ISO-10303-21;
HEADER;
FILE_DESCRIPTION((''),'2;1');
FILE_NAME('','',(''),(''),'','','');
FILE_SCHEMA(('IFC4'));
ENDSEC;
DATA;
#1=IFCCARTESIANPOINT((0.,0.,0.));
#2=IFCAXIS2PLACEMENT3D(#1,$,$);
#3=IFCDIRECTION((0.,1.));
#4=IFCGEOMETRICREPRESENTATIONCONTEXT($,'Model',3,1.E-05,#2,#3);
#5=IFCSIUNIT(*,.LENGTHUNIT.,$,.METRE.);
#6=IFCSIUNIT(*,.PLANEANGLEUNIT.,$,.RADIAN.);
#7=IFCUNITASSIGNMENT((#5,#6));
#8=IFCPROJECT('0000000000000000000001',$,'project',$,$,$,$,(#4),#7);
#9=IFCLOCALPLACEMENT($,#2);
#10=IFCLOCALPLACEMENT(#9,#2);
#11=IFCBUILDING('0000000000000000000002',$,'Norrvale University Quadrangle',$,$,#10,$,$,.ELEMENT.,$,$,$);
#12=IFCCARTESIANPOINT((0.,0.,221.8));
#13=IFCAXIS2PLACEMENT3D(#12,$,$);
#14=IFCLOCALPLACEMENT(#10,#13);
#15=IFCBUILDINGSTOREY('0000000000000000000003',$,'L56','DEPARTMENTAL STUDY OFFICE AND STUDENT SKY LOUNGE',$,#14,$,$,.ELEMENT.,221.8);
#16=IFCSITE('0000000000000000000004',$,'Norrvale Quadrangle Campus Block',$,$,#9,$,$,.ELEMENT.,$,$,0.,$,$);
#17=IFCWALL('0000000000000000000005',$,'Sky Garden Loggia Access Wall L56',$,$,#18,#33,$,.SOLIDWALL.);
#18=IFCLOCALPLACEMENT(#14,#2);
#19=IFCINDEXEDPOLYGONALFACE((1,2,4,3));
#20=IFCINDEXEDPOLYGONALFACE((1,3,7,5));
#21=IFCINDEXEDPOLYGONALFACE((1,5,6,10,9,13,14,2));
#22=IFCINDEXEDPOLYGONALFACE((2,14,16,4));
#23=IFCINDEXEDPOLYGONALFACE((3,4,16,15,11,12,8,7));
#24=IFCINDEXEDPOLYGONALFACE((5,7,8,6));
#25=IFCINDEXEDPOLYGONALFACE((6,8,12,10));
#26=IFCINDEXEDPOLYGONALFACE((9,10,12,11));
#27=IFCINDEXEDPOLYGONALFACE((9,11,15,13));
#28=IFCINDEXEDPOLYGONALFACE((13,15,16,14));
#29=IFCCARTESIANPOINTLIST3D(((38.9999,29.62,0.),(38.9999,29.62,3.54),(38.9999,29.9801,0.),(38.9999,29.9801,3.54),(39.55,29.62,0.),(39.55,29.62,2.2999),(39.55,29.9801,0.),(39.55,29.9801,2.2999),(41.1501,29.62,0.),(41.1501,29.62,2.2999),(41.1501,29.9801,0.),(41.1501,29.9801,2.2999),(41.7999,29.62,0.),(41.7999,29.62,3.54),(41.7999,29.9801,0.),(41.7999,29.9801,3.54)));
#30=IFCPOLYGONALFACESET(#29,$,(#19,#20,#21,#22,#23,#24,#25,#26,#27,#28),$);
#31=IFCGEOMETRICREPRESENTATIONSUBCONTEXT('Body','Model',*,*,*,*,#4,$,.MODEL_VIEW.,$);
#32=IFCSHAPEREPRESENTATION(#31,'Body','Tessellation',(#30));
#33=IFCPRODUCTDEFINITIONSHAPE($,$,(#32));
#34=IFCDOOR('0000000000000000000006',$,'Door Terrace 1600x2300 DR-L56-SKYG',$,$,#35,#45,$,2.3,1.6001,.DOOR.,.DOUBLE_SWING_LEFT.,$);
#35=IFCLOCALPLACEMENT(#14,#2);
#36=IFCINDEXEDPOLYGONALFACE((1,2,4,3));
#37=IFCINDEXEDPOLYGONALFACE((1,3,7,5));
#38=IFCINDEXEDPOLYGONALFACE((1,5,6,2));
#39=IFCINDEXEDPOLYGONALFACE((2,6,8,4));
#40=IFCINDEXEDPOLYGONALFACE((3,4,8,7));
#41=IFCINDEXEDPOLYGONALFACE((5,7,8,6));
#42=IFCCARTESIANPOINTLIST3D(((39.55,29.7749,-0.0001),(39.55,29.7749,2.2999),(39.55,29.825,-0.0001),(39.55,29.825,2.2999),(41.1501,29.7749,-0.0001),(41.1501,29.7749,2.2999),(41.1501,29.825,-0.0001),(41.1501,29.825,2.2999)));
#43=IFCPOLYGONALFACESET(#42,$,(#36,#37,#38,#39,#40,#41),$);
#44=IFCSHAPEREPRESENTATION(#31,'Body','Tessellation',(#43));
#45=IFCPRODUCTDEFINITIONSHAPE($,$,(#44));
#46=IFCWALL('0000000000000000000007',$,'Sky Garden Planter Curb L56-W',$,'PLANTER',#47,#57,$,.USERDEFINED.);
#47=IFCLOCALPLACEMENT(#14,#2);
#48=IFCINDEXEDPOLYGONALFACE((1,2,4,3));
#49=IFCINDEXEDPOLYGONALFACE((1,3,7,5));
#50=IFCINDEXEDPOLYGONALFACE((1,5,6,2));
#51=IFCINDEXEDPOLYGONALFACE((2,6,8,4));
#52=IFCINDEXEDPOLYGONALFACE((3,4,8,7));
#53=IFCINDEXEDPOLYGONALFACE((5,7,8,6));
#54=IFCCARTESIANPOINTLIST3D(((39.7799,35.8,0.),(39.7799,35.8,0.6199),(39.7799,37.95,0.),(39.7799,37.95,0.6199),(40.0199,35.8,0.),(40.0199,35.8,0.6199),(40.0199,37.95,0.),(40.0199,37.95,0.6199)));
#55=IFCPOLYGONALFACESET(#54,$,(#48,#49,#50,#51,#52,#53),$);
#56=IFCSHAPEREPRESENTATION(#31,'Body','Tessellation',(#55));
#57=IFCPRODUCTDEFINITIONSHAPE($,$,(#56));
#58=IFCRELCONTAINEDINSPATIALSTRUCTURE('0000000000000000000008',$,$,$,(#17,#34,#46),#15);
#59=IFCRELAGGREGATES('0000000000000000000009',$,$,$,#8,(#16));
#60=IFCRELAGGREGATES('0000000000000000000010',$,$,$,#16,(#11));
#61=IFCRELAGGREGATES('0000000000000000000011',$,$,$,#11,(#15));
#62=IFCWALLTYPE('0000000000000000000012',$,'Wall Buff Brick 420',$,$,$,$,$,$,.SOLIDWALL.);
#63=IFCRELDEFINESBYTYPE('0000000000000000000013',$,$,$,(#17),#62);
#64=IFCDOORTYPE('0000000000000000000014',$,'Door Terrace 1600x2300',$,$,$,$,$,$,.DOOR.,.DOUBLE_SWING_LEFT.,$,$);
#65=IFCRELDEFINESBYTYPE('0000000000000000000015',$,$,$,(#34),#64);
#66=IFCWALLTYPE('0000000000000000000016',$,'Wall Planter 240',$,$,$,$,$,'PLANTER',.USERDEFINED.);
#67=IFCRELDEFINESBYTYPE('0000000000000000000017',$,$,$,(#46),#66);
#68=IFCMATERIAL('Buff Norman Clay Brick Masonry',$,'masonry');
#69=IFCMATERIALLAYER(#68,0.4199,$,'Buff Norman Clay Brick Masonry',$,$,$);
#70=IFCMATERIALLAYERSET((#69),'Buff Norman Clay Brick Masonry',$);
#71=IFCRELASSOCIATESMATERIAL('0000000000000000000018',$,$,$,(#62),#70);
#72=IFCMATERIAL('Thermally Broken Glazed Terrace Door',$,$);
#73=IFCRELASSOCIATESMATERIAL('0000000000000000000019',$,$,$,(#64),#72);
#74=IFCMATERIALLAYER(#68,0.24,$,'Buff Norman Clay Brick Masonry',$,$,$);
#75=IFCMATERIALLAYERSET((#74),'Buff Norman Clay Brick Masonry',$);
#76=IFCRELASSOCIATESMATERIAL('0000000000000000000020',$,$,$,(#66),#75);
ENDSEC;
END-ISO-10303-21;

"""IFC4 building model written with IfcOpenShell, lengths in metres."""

from ifc_helpers import new_model, si_unit, direction, frame, frame_2d, origin, place, context, subcontext, project, spatial, rectangle, extrude, material, layer, layer_set, type_object, element, fill, save


model = new_model("IFC4")

# Units and contexts
model_context = context("Model", 3, precision=1e-05, world=origin(), true_north=direction((0.0, 1.0)))
body_context = subcontext(model_context, "Body", "Model", "MODEL_VIEW")
ifc_project = project(units=[si_unit("LENGTHUNIT", "METRE"), si_unit("PLANEANGLEUNIT", "RADIAN")], contexts=[model_context])

# Site, building, storey
site_placement = place(None, origin())
site = spatial("IfcSite", under=ifc_project, at=site_placement, Name="Norrvale Quadrangle Campus Block", CompositionType="ELEMENT", RefElevation=0.0)
building_placement = place(site_placement, origin())
building = spatial("IfcBuilding", under=site, at=building_placement, Name="Norrvale University Quadrangle", CompositionType="ELEMENT")
storey_placement = place(building_placement, frame((0.0, 0.0, 221.8)))
storey = spatial("IfcBuildingStorey", under=building, at=storey_placement, Name="L56", Description="DEPARTMENTAL STUDY OFFICE AND STUDENT SKY LOUNGE", CompositionType="ELEMENT", Elevation=221.8)

# Wall, opening, door
ifc_material_1 = material(Name="Buff Norman Clay Brick Masonry", Category="masonry")
ifc_layer_1 = layer(ifc_material_1, 0.4199, Name="Buff Norman Clay Brick Masonry")
ifc_layer_set_1 = layer_set([ifc_layer_1], Name="Buff Norman Clay Brick Masonry")
wall_type_1 = type_object("IfcWallType", Name="Wall Buff Brick 420", PredefinedType="SOLIDWALL", material=ifc_layer_set_1)
wall_1_placement = place(storey_placement, frame((39.0, 29.8, 0.0), z_axis=(0.0, 0.0, 1.0), x_axis=(1.0, 0.0, 0.0)))
wall_1 = element("IfcWall", 1, at=wall_1_placement, inside=storey, type_object=wall_type_1, Name="Sky Garden Loggia Access Wall L56", PredefinedType="SOLIDWALL", context=body_context, shape_type="SweptSolid", body=[
    extrude(rectangle(XDim=2.8, YDim=0.3601, at=frame_2d((1.3999, 0.0))), origin(), (0.0, 0.0, 1.0), 3.54),
])
opening_placement = place(wall_1_placement, frame((0.55, 0.0, 0.0)))
opening = element("IfcOpeningElement", 2, at=opening_placement, cuts=wall_1, PredefinedType="OPENING", context=body_context, shape_type="SweptSolid", body=[
    extrude(rectangle(XDim=1.6001, YDim=2.3, at=frame_2d((0.8, 1.1499))), frame((0.0, 0.1921, 0.0), z_axis=(0.0, -1.0, 0.0), x_axis=(1.0, 0.0, 0.0)), (0.0, 0.0, 1.0), 0.384),
])
ifc_material_2 = material(Name="Thermally Broken Glazed Terrace Door")
door_type = type_object("IfcDoorType", Name="Door Terrace 1600x2300", OperationType="DOUBLE_SWING_LEFT", PredefinedType="DOOR", material=ifc_material_2)
door_placement = place(opening_placement, origin())
door = element("IfcDoor", 3, at=door_placement, inside=storey, type_object=door_type, Name="Door Terrace 1600x2300 DR-L56-SKYG", OperationType="DOUBLE_SWING_LEFT", OverallHeight=2.3, OverallWidth=1.6001, PredefinedType="DOOR", context=body_context, shape_type="SweptSolid", body=[
    extrude(rectangle(XDim=1.6001, YDim=2.3, at=frame_2d((0.8, 1.1499))), frame((0.0, 0.0249, 0.0), z_axis=(0.0, -1.0, 0.0), x_axis=(1.0, 0.0, 0.0)), (0.0, 0.0, 1.0), 0.05),
])
fill(opening, door)

# Wall
ifc_layer_2 = layer(ifc_material_1, 0.24, Name="Buff Norman Clay Brick Masonry")
ifc_layer_set_2 = layer_set([ifc_layer_2], Name="Buff Norman Clay Brick Masonry")
wall_type_2 = type_object("IfcWallType", Name="Wall Planter 240", ElementType="PLANTER", PredefinedType="USERDEFINED", material=ifc_layer_set_2)
wall_2_placement = place(storey_placement, frame((39.8999, 35.8, 0.0), z_axis=(0.0, 0.0, 1.0), x_axis=(0.0, 1.0, 0.0)))
element("IfcWall", 4, at=wall_2_placement, inside=storey, type_object=wall_type_2, Name="Sky Garden Planter Curb L56-W", ObjectType="PLANTER", PredefinedType="USERDEFINED", context=body_context, shape_type="SweptSolid", body=[
    extrude(rectangle(XDim=2.1499, YDim=0.24, at=frame_2d((1.075, 0.0))), origin(), (0.0, 0.0, 1.0), 0.6199),
])

save(model, "model.ifc")
